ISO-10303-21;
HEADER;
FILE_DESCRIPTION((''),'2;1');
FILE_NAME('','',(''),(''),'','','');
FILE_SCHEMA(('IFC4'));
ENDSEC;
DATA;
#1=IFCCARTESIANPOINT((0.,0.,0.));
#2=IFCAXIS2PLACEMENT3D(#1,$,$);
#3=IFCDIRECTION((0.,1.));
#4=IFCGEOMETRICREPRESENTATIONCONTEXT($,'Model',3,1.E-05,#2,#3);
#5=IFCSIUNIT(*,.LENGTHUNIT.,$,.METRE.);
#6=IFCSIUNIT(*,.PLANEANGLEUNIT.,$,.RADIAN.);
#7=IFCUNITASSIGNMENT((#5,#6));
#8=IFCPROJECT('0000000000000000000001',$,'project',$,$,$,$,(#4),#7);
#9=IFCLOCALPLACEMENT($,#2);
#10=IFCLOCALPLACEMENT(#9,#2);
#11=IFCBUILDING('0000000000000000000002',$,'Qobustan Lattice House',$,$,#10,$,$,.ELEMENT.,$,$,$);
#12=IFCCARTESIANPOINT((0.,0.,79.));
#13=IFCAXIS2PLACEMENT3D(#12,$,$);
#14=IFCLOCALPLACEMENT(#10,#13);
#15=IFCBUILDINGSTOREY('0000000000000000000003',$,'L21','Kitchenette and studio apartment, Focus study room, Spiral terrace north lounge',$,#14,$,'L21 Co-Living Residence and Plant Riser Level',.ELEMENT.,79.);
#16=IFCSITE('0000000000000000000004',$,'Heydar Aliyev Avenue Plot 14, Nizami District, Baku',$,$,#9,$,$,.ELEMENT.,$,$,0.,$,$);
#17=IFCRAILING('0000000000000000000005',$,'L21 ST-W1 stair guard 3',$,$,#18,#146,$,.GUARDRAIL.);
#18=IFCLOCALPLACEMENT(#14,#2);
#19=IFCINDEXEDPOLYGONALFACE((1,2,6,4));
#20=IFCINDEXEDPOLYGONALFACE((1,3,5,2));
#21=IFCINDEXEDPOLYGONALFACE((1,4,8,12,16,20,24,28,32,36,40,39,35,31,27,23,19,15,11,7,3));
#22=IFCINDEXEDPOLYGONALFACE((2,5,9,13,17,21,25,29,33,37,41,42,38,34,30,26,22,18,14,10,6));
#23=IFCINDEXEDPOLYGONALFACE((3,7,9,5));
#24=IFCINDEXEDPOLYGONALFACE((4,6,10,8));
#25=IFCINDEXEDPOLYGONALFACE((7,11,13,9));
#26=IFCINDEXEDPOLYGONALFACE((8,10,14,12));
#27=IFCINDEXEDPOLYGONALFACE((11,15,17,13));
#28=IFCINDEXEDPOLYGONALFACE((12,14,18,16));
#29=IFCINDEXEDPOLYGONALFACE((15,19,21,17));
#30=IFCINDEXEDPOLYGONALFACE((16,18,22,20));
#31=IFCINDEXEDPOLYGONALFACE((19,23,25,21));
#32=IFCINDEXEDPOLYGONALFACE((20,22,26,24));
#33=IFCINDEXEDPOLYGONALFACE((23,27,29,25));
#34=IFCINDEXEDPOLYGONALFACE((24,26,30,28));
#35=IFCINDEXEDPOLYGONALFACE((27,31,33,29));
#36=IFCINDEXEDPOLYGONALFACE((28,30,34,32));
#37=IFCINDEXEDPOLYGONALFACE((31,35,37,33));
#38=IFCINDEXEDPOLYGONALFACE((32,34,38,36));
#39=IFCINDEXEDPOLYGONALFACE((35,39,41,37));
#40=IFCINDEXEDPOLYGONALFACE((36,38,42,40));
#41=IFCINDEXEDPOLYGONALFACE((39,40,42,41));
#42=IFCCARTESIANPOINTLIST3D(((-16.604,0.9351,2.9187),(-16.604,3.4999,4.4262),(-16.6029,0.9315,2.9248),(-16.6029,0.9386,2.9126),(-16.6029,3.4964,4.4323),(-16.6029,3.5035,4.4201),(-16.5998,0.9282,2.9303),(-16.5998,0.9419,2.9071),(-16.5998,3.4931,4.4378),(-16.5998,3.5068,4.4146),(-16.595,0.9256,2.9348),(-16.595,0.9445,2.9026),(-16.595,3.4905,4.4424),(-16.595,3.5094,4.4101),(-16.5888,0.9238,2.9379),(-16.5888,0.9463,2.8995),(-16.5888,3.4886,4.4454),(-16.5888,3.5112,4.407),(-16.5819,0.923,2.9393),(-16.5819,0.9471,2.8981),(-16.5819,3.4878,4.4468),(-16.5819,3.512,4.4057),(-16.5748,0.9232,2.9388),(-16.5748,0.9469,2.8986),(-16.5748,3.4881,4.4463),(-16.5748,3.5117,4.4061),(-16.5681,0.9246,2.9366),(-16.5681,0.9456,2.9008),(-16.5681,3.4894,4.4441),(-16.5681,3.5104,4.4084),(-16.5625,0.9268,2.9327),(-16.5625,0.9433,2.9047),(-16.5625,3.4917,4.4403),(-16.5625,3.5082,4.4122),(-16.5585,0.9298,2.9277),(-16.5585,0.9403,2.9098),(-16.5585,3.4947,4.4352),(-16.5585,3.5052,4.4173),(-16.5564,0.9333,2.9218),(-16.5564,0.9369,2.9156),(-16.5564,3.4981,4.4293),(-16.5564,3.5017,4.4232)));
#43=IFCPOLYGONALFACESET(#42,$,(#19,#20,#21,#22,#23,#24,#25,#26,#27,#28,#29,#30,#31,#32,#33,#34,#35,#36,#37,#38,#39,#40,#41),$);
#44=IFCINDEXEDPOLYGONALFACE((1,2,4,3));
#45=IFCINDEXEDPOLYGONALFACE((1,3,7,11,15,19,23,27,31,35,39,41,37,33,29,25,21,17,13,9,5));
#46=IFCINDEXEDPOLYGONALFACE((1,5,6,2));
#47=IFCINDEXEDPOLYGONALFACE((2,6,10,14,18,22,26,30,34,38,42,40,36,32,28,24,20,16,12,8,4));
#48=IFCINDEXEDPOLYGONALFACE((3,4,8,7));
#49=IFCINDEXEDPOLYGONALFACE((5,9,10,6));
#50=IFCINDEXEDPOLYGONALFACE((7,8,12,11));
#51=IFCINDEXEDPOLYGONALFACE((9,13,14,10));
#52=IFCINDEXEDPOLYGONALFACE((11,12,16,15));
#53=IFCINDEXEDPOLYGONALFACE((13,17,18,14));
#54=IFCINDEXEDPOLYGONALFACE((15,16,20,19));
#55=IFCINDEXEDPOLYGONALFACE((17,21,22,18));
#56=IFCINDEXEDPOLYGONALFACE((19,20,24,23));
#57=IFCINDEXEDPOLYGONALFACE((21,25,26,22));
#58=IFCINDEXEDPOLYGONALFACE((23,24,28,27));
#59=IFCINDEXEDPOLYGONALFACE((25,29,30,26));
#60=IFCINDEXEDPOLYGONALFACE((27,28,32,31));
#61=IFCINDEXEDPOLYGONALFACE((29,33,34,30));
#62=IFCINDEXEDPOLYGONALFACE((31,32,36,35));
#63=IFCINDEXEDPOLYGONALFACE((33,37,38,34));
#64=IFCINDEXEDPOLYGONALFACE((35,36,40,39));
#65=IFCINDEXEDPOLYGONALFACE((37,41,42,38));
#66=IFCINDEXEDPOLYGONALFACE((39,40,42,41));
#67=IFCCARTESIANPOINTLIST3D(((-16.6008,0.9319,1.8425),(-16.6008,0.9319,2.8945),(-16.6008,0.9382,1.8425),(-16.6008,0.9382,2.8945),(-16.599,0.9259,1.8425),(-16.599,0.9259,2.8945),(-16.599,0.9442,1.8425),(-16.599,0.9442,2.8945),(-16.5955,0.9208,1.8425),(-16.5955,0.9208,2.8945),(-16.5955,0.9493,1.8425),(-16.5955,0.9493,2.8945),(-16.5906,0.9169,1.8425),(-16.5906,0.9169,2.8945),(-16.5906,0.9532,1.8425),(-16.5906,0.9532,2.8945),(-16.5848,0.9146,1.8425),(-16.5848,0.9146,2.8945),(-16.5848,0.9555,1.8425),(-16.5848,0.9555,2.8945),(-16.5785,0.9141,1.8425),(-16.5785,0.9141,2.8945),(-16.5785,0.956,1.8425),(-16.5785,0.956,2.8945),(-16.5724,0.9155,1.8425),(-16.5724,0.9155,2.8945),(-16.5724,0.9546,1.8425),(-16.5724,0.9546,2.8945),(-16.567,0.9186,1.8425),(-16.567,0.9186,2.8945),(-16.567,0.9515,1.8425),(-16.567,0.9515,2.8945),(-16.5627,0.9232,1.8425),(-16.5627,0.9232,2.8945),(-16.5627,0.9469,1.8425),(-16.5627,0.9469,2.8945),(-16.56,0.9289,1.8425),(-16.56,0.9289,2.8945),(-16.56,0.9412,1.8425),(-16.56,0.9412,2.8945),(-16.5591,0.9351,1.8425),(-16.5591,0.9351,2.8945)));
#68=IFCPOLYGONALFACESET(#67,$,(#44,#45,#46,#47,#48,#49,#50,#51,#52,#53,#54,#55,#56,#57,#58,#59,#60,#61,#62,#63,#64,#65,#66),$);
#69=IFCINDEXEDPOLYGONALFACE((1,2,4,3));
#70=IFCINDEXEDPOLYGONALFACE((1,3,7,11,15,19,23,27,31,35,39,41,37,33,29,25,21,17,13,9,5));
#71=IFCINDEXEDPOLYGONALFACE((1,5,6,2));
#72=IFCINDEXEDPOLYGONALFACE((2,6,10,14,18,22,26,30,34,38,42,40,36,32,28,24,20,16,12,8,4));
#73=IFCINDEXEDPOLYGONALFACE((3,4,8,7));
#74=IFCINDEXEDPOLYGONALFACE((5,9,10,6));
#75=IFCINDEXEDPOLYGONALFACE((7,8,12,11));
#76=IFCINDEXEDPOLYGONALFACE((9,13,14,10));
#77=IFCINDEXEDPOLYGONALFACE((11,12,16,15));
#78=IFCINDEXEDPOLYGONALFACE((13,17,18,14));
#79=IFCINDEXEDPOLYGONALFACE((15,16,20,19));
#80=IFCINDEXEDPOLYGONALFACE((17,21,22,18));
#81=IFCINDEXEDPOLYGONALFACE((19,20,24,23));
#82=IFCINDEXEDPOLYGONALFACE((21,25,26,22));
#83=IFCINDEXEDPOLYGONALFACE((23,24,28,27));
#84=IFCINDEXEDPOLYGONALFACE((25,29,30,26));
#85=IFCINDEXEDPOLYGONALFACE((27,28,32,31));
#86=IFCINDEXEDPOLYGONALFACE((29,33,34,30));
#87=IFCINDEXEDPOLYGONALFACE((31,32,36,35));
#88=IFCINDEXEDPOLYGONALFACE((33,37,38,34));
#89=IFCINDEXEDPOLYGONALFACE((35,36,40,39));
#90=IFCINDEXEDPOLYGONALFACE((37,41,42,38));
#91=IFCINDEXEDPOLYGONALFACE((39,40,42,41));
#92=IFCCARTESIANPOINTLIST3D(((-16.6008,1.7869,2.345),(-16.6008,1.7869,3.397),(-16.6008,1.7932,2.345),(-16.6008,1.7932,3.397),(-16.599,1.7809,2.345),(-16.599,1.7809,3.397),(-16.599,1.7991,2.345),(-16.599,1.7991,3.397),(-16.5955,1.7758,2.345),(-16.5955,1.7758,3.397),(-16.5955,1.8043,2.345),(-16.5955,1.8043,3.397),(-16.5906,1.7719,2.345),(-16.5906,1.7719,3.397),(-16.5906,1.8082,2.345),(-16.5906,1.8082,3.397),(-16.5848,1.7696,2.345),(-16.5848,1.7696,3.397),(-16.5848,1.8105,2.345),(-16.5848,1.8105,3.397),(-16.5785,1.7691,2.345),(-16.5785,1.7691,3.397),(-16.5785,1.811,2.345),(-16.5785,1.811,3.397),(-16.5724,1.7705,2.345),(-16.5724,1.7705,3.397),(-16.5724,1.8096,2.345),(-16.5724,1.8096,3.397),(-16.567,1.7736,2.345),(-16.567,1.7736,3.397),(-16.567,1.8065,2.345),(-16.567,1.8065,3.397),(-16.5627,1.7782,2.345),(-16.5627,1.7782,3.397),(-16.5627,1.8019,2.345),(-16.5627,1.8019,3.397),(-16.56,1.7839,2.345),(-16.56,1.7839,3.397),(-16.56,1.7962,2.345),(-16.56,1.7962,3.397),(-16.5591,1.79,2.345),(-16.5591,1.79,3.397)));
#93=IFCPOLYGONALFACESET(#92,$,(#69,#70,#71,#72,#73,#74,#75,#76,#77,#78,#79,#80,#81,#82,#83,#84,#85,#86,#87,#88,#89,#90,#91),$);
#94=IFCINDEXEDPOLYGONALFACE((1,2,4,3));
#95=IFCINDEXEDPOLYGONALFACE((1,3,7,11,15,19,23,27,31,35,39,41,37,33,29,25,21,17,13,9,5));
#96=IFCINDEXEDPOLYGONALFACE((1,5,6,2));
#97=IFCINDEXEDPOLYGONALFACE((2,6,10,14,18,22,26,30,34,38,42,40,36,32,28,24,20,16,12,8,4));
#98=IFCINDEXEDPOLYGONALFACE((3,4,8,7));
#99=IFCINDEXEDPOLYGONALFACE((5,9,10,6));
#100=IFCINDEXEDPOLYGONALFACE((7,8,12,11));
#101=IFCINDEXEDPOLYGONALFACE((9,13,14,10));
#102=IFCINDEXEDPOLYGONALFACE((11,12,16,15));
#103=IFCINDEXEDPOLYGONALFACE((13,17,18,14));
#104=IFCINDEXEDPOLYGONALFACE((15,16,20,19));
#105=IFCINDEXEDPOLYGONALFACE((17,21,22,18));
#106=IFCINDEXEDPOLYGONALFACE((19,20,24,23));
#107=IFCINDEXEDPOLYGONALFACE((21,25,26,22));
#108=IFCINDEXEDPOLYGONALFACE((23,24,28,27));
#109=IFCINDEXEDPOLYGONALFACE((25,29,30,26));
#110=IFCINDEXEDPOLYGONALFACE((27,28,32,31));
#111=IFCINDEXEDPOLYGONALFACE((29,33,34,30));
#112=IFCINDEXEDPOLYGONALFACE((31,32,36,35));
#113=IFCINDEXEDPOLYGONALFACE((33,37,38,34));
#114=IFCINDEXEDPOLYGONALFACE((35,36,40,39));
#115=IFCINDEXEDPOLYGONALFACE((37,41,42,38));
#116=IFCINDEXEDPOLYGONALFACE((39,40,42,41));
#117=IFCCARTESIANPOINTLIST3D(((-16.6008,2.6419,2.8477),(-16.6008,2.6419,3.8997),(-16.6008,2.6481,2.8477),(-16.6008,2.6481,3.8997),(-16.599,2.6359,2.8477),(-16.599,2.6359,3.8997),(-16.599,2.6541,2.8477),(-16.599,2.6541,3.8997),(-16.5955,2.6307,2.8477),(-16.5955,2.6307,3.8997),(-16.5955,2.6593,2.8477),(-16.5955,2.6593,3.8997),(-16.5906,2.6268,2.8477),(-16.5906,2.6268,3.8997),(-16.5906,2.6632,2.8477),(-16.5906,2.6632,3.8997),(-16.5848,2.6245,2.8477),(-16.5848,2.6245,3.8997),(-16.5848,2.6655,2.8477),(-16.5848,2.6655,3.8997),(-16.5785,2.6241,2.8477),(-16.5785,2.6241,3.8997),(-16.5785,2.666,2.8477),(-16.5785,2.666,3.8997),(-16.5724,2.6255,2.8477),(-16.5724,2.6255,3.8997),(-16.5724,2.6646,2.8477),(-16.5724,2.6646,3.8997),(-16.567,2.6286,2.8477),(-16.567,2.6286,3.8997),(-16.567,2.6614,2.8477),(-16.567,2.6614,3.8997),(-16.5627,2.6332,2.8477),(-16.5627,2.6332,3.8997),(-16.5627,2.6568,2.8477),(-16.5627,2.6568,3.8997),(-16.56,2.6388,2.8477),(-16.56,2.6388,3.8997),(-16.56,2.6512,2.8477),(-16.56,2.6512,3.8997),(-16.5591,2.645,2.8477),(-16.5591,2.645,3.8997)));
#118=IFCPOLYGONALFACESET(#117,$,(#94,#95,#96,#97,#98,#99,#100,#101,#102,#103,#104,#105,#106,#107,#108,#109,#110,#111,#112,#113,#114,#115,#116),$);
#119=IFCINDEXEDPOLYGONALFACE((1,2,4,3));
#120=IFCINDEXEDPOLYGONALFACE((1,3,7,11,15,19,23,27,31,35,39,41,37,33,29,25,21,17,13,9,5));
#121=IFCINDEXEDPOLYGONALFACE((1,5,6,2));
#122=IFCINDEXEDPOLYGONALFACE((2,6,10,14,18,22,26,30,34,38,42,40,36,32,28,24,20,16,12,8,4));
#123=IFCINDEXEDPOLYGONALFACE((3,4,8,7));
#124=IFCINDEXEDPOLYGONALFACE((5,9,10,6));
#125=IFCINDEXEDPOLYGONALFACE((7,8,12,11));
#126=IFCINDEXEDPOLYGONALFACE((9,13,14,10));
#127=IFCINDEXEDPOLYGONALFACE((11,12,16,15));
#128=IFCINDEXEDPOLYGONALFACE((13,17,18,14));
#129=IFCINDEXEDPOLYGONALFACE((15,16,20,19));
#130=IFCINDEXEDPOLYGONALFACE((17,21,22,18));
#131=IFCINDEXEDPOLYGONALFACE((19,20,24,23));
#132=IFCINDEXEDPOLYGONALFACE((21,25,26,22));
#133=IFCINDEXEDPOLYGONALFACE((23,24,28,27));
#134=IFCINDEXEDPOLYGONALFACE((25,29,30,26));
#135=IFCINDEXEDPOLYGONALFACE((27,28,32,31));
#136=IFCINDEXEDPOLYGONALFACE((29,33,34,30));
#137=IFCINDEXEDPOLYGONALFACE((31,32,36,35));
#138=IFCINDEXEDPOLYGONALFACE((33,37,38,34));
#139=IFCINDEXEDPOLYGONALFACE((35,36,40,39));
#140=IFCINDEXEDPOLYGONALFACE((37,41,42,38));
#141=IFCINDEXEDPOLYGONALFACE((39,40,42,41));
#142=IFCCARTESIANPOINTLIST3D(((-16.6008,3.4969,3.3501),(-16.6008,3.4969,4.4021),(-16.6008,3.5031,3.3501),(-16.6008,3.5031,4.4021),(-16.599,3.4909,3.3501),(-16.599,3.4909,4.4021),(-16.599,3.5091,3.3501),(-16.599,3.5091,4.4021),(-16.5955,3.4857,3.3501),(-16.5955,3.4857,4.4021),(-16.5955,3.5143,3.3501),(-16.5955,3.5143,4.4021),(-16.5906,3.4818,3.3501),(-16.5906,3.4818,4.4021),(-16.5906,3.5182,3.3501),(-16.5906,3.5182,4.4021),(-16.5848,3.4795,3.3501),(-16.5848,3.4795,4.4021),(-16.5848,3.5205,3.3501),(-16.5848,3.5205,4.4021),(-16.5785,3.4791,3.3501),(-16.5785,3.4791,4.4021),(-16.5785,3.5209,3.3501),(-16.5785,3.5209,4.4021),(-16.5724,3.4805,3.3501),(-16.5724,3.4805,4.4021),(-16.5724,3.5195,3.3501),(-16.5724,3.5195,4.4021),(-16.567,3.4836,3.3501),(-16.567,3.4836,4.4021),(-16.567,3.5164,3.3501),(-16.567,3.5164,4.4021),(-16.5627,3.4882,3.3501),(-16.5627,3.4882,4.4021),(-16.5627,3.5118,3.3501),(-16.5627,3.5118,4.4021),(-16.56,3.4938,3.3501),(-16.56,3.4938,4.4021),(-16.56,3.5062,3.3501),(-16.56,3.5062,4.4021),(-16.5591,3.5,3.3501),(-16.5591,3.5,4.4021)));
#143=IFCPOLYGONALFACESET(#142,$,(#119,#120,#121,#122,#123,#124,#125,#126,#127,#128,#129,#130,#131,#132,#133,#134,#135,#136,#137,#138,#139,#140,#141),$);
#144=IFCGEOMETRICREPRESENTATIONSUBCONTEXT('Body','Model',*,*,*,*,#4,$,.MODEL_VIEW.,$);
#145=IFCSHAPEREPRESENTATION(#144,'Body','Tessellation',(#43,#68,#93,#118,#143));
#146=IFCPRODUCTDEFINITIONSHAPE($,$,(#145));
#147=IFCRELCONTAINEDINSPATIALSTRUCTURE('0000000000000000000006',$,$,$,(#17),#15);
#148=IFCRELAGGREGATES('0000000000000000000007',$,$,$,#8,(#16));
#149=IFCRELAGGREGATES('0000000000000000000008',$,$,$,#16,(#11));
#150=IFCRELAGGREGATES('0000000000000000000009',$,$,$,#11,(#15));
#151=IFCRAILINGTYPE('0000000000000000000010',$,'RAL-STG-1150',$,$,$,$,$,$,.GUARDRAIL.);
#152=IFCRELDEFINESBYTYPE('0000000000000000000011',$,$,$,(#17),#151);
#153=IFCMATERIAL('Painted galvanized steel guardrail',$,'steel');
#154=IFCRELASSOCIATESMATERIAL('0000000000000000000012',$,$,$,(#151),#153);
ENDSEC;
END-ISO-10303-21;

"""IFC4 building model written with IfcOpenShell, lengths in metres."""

from ifc_helpers import new_model, si_unit, direction, frame, origin, origin_2d, place, context, subcontext, project, spatial, circle, extrude, material, type_object, element, save


model = new_model("IFC4")

# Units and contexts
model_context = context("Model", 3, precision=1e-05, world=origin(), true_north=direction((0.0, 1.0)))
body_context = subcontext(model_context, "Body", "Model", "MODEL_VIEW")
ifc_project = project(units=[si_unit("LENGTHUNIT", "METRE"), si_unit("PLANEANGLEUNIT", "RADIAN")], contexts=[model_context])

# Site, building, storey
site_placement = place(None, origin())
site = spatial("IfcSite", under=ifc_project, at=site_placement, Name="Heydar Aliyev Avenue Plot 14, Nizami District, Baku", CompositionType="ELEMENT", RefElevation=0.0)
building_placement = place(site_placement, origin())
building = spatial("IfcBuilding", under=site, at=building_placement, Name="Qobustan Lattice House", CompositionType="ELEMENT")
storey_placement = place(building_placement, frame((0.0, 0.0, 79.0)))
storey = spatial("IfcBuildingStorey", under=building, at=storey_placement, Name="L21", Description="Kitchenette and studio apartment, Focus study room, Spiral terrace north lounge", LongName="L21 Co-Living Residence and Plant Riser Level", CompositionType="ELEMENT", Elevation=79.0)

# Railing
ifc_material_1 = material(Name="Painted galvanized steel guardrail", Category="steel")
railing_type_1 = type_object("IfcRailingType", Name="RAL-STG-1150", PredefinedType="GUARDRAIL", material=ifc_material_1)
railing_1_placement = place(storey_placement, frame((-16.5801, 0.9351, 1.8425)))
element("IfcRailing", 1, at=railing_1_placement, inside=storey, type_object=railing_type_1, Name="L21 ST-W1 stair guard 3", PredefinedType="GUARDRAIL", context=body_context, shape_type="SweptSolid", body=[
    extrude(circle(Radius=0.0239, at=origin_2d()), frame((0.0, 0.0, 1.0762), z_axis=(0.0, 0.862113, 0.506715), x_axis=(-1.0, 0.0, 0.0)), (0.0, 0.0, 1.0), 2.9751),
    extrude(circle(Radius=0.021, at=origin_2d()), origin(), (0.0, 0.0, 1.0), 1.052),
    extrude(circle(Radius=0.021, at=origin_2d()), frame((0.0, 0.855, 0.5024)), (0.0, 0.0, 1.0), 1.052),
    extrude(circle(Radius=0.021, at=origin_2d()), frame((0.0, 1.71, 1.0051)), (0.0, 0.0, 1.0), 1.052),
    extrude(circle(Radius=0.021, at=origin_2d()), frame((0.0, 2.5649, 1.5076)), (0.0, 0.0, 1.0), 1.052),
])

save(model, "model.ifc")
